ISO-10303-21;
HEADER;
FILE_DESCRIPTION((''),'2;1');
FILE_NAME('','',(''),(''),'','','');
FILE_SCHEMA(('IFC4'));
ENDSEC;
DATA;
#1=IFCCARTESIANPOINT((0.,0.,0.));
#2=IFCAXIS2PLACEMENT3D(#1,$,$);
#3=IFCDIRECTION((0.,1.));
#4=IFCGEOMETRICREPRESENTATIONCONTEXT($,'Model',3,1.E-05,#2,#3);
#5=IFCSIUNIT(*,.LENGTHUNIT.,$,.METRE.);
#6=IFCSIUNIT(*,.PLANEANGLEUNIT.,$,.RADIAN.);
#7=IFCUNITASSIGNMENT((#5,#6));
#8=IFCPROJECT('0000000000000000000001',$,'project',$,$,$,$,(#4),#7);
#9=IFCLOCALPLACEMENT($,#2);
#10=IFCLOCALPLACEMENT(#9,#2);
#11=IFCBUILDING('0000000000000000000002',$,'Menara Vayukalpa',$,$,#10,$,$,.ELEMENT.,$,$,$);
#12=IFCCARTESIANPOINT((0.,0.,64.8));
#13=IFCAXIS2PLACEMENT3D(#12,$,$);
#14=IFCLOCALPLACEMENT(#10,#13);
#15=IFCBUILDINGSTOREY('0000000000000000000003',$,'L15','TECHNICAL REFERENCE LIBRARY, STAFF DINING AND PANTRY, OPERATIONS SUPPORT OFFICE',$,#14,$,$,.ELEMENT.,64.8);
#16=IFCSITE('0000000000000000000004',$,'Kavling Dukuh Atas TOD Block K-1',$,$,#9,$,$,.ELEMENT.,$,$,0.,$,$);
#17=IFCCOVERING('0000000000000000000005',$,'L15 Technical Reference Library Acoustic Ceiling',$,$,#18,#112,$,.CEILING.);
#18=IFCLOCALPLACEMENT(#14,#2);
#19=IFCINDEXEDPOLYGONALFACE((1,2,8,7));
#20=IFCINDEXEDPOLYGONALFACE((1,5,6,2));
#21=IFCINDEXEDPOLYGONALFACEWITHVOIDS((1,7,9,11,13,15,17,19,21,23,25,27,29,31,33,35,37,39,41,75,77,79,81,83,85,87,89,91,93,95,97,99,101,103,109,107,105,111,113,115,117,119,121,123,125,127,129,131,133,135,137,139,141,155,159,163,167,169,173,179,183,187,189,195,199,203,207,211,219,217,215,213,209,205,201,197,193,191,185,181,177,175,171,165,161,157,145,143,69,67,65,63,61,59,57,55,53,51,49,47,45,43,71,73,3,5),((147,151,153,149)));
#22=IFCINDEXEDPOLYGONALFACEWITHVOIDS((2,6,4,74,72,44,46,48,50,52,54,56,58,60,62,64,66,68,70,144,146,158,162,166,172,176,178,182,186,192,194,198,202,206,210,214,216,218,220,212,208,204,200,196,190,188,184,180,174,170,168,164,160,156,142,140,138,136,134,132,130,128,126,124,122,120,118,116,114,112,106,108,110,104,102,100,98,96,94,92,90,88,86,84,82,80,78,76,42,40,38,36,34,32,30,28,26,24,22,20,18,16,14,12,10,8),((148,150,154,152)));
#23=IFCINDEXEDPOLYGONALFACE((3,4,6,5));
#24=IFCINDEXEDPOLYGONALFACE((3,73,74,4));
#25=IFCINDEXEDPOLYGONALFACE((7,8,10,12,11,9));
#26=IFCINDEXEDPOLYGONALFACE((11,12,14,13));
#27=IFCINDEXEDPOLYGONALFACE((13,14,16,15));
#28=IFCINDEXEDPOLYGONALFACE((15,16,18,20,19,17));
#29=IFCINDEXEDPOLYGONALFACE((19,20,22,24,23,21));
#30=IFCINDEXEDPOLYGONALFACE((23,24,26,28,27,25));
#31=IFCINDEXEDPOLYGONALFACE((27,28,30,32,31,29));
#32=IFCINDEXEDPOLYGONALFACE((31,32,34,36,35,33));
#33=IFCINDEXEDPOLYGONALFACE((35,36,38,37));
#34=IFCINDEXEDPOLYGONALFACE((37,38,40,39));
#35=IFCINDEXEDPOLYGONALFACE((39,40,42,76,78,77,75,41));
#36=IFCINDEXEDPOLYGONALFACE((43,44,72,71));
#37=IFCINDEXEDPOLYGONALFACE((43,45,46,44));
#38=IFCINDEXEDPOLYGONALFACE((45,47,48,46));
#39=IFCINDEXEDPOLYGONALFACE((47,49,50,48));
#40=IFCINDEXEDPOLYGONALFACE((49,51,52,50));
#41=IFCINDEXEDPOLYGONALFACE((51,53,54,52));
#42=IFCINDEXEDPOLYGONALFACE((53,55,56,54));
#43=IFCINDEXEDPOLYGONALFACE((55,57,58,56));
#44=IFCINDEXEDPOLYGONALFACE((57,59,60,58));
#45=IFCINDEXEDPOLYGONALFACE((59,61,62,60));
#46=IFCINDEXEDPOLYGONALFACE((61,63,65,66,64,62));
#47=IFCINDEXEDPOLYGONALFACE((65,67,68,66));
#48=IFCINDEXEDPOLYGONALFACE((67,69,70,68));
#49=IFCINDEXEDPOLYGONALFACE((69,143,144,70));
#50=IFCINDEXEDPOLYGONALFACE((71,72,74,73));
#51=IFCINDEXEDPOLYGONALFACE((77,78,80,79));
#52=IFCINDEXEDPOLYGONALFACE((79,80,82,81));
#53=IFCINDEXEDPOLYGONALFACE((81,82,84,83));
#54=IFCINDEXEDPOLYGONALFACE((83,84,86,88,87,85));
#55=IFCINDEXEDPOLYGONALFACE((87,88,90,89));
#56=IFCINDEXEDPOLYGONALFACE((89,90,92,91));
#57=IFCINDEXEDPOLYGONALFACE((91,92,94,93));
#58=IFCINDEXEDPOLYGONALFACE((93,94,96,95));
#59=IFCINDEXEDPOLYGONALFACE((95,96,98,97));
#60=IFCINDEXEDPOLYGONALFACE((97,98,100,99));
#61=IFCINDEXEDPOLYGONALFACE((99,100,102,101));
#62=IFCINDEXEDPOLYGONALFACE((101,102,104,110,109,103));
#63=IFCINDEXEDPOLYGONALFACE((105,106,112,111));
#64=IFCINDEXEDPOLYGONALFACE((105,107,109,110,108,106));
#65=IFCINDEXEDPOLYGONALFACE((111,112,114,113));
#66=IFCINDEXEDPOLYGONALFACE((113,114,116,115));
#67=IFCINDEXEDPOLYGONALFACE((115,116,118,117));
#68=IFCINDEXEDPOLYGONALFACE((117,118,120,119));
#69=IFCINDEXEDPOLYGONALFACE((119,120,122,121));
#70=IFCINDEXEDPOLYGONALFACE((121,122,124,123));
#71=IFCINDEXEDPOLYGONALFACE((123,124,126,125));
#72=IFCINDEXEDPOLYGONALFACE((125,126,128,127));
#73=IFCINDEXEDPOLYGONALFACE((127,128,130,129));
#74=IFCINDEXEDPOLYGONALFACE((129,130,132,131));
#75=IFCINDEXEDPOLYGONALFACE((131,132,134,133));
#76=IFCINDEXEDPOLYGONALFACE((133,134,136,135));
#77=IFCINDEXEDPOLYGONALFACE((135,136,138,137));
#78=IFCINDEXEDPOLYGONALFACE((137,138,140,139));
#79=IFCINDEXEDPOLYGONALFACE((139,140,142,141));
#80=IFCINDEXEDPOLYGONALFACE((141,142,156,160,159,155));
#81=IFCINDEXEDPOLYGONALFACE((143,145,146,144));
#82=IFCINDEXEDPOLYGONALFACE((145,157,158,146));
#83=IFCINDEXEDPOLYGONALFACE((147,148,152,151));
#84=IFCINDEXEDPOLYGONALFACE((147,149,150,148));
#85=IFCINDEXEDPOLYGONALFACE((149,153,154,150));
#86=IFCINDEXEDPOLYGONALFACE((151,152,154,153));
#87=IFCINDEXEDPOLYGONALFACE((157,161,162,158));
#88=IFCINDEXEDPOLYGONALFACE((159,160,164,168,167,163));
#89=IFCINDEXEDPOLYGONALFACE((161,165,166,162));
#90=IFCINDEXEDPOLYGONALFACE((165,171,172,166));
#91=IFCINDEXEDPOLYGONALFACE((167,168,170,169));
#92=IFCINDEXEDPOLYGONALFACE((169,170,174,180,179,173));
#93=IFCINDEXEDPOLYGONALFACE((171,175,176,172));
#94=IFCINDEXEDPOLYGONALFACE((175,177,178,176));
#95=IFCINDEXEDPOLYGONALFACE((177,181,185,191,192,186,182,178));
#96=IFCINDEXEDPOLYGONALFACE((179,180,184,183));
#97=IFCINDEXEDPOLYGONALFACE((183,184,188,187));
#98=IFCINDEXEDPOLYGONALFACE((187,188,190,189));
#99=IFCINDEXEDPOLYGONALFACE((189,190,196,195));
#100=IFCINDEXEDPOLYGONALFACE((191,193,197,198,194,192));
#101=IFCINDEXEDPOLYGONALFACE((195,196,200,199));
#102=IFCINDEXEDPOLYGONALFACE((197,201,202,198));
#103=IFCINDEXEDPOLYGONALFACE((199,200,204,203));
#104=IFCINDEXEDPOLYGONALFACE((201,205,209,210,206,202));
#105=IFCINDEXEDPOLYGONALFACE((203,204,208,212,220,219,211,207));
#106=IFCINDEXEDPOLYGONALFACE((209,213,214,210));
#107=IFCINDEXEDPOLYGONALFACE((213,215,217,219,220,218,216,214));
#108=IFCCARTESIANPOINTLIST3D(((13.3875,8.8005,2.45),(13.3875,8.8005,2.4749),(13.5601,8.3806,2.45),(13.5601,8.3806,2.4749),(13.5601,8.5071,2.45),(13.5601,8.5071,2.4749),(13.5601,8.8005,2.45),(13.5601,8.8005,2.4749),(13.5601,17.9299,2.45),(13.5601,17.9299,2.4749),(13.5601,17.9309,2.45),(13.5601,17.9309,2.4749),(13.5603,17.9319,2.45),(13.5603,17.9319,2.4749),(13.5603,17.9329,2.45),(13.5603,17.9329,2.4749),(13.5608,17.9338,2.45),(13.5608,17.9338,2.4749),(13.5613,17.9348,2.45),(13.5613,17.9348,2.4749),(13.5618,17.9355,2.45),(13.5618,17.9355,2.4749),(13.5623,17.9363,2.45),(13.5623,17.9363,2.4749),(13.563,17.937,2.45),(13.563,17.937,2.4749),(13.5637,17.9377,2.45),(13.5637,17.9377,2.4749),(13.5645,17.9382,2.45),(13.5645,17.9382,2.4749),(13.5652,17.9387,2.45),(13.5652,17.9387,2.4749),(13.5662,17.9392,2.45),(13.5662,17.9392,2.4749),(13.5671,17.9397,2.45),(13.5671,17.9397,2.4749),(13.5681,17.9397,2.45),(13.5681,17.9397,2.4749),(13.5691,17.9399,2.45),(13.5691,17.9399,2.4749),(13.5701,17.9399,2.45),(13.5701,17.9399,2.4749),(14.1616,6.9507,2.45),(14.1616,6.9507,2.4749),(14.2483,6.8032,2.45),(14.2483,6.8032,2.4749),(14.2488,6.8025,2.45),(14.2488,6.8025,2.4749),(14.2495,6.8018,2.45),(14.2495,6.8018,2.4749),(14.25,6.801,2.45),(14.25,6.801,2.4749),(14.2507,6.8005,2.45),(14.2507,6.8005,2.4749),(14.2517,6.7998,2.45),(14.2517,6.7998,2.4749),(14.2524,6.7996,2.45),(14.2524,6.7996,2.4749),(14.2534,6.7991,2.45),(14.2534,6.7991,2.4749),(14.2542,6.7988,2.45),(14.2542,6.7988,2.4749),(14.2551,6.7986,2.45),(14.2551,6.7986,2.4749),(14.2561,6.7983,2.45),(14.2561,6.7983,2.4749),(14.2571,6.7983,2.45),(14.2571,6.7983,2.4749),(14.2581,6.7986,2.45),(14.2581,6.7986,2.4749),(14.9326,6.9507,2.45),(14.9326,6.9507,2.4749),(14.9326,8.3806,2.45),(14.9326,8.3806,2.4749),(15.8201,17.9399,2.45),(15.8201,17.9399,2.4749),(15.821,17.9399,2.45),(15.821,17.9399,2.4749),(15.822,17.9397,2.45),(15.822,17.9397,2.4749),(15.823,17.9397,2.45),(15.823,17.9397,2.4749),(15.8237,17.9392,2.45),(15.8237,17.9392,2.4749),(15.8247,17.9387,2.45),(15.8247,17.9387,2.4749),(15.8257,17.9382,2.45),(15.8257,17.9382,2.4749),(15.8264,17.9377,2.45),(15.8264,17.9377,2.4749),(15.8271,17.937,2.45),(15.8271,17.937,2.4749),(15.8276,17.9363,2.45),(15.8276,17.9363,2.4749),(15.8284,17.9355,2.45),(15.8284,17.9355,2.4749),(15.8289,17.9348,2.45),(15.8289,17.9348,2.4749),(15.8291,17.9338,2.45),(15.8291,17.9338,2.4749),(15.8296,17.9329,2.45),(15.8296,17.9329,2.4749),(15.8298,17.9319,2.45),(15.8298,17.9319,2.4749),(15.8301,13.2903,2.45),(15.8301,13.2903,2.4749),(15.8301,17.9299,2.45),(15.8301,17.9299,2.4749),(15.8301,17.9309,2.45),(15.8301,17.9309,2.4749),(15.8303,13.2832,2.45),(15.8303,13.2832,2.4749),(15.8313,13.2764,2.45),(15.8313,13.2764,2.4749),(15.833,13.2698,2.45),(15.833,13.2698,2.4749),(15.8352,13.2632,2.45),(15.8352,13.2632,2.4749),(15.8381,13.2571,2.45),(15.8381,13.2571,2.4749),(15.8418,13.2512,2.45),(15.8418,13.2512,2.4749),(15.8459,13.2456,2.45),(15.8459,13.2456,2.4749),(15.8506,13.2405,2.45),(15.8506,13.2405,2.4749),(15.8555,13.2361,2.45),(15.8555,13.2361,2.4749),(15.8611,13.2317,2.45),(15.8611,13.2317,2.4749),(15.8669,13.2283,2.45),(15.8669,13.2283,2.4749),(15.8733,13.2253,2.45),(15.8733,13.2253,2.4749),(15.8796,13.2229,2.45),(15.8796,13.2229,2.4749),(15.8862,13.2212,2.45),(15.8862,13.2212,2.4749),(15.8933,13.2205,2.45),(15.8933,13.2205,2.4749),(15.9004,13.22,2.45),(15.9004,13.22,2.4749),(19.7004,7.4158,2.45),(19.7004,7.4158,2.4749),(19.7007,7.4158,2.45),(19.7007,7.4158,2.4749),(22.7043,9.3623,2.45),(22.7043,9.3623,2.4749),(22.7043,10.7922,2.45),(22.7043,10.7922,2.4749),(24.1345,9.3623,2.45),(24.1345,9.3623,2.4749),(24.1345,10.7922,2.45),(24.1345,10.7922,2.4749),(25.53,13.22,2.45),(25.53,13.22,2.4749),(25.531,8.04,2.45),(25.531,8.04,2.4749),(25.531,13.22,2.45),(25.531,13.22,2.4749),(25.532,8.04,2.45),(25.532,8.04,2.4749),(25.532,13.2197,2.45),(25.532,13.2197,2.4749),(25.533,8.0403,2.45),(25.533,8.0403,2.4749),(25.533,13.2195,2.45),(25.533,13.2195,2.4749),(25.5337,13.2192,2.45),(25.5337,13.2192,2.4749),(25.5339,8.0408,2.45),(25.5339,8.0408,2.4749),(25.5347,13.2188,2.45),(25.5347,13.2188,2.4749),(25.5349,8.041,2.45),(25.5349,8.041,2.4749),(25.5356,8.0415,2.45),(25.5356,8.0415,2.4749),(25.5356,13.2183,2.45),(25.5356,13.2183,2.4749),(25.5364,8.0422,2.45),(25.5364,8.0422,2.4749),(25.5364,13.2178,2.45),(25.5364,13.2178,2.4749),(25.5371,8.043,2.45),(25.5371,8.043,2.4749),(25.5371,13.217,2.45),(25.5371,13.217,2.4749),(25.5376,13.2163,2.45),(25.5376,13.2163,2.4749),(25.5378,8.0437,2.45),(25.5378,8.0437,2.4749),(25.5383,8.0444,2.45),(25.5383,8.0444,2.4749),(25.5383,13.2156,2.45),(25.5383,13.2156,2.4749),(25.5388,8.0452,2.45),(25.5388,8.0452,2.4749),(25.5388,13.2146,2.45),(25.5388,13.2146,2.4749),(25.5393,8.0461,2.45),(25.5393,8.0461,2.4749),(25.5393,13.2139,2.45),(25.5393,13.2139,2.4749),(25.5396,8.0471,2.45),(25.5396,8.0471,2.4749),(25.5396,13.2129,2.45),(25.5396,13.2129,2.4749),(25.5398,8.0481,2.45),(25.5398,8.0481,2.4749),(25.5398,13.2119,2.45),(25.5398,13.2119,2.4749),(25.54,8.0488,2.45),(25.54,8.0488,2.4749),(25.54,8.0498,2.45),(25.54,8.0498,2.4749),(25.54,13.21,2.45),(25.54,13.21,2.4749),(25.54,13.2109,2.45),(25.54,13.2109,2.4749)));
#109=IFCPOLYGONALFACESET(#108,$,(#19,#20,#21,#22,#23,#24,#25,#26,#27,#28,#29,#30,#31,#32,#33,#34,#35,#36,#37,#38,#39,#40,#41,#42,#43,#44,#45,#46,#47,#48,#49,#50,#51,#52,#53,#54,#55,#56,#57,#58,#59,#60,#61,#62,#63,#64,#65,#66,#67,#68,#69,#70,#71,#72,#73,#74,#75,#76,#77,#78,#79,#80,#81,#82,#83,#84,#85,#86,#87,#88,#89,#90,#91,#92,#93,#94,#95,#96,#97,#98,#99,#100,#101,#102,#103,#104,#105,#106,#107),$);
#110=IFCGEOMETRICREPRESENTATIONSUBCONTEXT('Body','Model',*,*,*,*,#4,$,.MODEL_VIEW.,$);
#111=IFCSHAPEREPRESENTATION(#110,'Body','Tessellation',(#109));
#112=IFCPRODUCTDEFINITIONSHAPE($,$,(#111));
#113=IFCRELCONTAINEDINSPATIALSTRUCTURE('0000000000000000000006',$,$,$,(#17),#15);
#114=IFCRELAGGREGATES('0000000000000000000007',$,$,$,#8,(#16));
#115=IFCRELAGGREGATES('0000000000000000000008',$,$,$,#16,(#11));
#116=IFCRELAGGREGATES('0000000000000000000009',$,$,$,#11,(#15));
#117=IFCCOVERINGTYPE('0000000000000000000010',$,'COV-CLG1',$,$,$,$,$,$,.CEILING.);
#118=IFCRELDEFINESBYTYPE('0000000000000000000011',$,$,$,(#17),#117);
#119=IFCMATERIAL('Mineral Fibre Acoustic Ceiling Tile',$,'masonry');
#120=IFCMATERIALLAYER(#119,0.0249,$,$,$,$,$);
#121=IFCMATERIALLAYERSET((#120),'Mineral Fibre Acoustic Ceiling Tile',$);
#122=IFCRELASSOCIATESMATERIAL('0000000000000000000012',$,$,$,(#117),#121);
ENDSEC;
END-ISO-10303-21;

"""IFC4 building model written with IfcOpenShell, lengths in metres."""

from ifc_helpers import new_model, si_unit, direction, frame, origin, place, context, subcontext, project, spatial, polyline, outline, extrude, material, layer, layer_set, type_object, element, save


model = new_model("IFC4")

# Units and contexts
model_context = context("Model", 3, precision=1e-05, world=origin(), true_north=direction((0.0, 1.0)))
body_context = subcontext(model_context, "Body", "Model", "MODEL_VIEW")
ifc_project = project(units=[si_unit("LENGTHUNIT", "METRE"), si_unit("PLANEANGLEUNIT", "RADIAN")], contexts=[model_context])

# Site, building, storey
site_placement = place(None, origin())
site = spatial("IfcSite", under=ifc_project, at=site_placement, Name="Kavling Dukuh Atas TOD Block K-1", CompositionType="ELEMENT", RefElevation=0.0)
building_placement = place(site_placement, origin())
building = spatial("IfcBuilding", under=site, at=building_placement, Name="Menara Vayukalpa", CompositionType="ELEMENT")
storey_placement = place(building_placement, frame((0.0, 0.0, 64.8)))
storey = spatial("IfcBuildingStorey", under=building, at=storey_placement, Name="L15", Description="TECHNICAL REFERENCE LIBRARY, STAFF DINING AND PANTRY, OPERATIONS SUPPORT OFFICE", CompositionType="ELEMENT", Elevation=64.8)

# Covering
ifc_material_1 = material(Name="Mineral Fibre Acoustic Ceiling Tile", Category="masonry")
ifc_layer_1 = layer(ifc_material_1, 0.0249)
ifc_layer_set_1 = layer_set([ifc_layer_1], Name="Mineral Fibre Acoustic Ceiling Tile")
covering_type_1 = type_object("IfcCoveringType", Name="COV-CLG1", PredefinedType="CEILING", material=ifc_layer_set_1)
covering_1_placement = place(storey_placement, frame((0.0, 0.0, 2.45)))
element("IfcCovering", 1, at=covering_1_placement, inside=storey, type_object=covering_type_1, Name="L15 Technical Reference Library Acoustic Ceiling", PredefinedType="CEILING", context=body_context, shape_type="SweptSolid", body=[
    extrude(outline(polyline([(13.5601, 8.8005), (13.5601, 17.9299), (13.5601, 17.9309), (13.5603, 17.9319), (13.5603, 17.9329), (13.5608, 17.9338), (13.5613, 17.9348), (13.5618, 17.9355), (13.5623, 17.9363), (13.563, 17.937), (13.5637, 17.9377), (13.5645, 17.9382), (13.5652, 17.9387), (13.5662, 17.9392), (13.5671, 17.9397), (13.5681, 17.9397), (13.5691, 17.9399), (13.5701, 17.9399), (15.8201, 17.9399), (15.821, 17.9399), (15.822, 17.9397), (15.823, 17.9397), (15.8237, 17.9392), (15.8247, 17.9387), (15.8257, 17.9382), (15.8264, 17.9377), (15.8271, 17.937), (15.8276, 17.9363), (15.8284, 17.9355), (15.8289, 17.9348), (15.8291, 17.9338), (15.8296, 17.9329), (15.8298, 17.9319), (15.8301, 17.9309), (15.8301, 17.9299), (15.8301, 13.2903), (15.8303, 13.2832), (15.8313, 13.2764), (15.833, 13.2698), (15.8352, 13.2632), (15.8381, 13.2571), (15.8418, 13.2512), (15.8459, 13.2456), (15.8506, 13.2405), (15.8555, 13.2361), (15.8611, 13.2317), (15.8669, 13.2283), (15.8733, 13.2253), (15.8796, 13.2229), (15.8862, 13.2212), (15.8933, 13.2205), (15.9004, 13.22), (25.53, 13.22), (25.531, 13.22), (25.532, 13.2197), (25.533, 13.2195), (25.5337, 13.2192), (25.5347, 13.2188), (25.5356, 13.2183), (25.5364, 13.2178), (25.5371, 13.217), (25.5376, 13.2163), (25.5383, 13.2156), (25.5388, 13.2146), (25.5393, 13.2139), (25.5396, 13.2129), (25.5398, 13.2119), (25.54, 13.2109), (25.54, 13.21), (25.54, 8.0498), (25.54, 8.0488), (25.5398, 8.0481), (25.5396, 8.0471), (25.5393, 8.0461), (25.5388, 8.0452), (25.5383, 8.0444), (25.5378, 8.0437), (25.5371, 8.043), (25.5364, 8.0422), (25.5356, 8.0415), (25.5349, 8.041), (25.5339, 8.0408), (25.533, 8.0403), (25.532, 8.04), (25.531, 8.04), (19.7007, 7.4158), (19.7004, 7.4158), (14.2581, 6.7986), (14.2571, 6.7983), (14.2561, 6.7983), (14.2551, 6.7986), (14.2542, 6.7988), (14.2534, 6.7991), (14.2524, 6.7996), (14.2517, 6.7998), (14.2507, 6.8005), (14.25, 6.801), (14.2495, 6.8018), (14.2488, 6.8025), (14.2483, 6.8032), (14.1616, 6.9507), (14.9326, 6.9507), (14.9326, 8.3806), (13.5601, 8.3806), (13.5601, 8.5071), (13.3875, 8.8005), (13.5601, 8.8005)]), holes=[polyline([(24.1345, 10.7922), (22.7043, 10.7922), (22.7043, 9.3623), (24.1345, 9.3623), (24.1345, 10.7922)])]), origin(), (0.0, 0.0, 1.0), 0.0249),
])

save(model, "model.ifc")
